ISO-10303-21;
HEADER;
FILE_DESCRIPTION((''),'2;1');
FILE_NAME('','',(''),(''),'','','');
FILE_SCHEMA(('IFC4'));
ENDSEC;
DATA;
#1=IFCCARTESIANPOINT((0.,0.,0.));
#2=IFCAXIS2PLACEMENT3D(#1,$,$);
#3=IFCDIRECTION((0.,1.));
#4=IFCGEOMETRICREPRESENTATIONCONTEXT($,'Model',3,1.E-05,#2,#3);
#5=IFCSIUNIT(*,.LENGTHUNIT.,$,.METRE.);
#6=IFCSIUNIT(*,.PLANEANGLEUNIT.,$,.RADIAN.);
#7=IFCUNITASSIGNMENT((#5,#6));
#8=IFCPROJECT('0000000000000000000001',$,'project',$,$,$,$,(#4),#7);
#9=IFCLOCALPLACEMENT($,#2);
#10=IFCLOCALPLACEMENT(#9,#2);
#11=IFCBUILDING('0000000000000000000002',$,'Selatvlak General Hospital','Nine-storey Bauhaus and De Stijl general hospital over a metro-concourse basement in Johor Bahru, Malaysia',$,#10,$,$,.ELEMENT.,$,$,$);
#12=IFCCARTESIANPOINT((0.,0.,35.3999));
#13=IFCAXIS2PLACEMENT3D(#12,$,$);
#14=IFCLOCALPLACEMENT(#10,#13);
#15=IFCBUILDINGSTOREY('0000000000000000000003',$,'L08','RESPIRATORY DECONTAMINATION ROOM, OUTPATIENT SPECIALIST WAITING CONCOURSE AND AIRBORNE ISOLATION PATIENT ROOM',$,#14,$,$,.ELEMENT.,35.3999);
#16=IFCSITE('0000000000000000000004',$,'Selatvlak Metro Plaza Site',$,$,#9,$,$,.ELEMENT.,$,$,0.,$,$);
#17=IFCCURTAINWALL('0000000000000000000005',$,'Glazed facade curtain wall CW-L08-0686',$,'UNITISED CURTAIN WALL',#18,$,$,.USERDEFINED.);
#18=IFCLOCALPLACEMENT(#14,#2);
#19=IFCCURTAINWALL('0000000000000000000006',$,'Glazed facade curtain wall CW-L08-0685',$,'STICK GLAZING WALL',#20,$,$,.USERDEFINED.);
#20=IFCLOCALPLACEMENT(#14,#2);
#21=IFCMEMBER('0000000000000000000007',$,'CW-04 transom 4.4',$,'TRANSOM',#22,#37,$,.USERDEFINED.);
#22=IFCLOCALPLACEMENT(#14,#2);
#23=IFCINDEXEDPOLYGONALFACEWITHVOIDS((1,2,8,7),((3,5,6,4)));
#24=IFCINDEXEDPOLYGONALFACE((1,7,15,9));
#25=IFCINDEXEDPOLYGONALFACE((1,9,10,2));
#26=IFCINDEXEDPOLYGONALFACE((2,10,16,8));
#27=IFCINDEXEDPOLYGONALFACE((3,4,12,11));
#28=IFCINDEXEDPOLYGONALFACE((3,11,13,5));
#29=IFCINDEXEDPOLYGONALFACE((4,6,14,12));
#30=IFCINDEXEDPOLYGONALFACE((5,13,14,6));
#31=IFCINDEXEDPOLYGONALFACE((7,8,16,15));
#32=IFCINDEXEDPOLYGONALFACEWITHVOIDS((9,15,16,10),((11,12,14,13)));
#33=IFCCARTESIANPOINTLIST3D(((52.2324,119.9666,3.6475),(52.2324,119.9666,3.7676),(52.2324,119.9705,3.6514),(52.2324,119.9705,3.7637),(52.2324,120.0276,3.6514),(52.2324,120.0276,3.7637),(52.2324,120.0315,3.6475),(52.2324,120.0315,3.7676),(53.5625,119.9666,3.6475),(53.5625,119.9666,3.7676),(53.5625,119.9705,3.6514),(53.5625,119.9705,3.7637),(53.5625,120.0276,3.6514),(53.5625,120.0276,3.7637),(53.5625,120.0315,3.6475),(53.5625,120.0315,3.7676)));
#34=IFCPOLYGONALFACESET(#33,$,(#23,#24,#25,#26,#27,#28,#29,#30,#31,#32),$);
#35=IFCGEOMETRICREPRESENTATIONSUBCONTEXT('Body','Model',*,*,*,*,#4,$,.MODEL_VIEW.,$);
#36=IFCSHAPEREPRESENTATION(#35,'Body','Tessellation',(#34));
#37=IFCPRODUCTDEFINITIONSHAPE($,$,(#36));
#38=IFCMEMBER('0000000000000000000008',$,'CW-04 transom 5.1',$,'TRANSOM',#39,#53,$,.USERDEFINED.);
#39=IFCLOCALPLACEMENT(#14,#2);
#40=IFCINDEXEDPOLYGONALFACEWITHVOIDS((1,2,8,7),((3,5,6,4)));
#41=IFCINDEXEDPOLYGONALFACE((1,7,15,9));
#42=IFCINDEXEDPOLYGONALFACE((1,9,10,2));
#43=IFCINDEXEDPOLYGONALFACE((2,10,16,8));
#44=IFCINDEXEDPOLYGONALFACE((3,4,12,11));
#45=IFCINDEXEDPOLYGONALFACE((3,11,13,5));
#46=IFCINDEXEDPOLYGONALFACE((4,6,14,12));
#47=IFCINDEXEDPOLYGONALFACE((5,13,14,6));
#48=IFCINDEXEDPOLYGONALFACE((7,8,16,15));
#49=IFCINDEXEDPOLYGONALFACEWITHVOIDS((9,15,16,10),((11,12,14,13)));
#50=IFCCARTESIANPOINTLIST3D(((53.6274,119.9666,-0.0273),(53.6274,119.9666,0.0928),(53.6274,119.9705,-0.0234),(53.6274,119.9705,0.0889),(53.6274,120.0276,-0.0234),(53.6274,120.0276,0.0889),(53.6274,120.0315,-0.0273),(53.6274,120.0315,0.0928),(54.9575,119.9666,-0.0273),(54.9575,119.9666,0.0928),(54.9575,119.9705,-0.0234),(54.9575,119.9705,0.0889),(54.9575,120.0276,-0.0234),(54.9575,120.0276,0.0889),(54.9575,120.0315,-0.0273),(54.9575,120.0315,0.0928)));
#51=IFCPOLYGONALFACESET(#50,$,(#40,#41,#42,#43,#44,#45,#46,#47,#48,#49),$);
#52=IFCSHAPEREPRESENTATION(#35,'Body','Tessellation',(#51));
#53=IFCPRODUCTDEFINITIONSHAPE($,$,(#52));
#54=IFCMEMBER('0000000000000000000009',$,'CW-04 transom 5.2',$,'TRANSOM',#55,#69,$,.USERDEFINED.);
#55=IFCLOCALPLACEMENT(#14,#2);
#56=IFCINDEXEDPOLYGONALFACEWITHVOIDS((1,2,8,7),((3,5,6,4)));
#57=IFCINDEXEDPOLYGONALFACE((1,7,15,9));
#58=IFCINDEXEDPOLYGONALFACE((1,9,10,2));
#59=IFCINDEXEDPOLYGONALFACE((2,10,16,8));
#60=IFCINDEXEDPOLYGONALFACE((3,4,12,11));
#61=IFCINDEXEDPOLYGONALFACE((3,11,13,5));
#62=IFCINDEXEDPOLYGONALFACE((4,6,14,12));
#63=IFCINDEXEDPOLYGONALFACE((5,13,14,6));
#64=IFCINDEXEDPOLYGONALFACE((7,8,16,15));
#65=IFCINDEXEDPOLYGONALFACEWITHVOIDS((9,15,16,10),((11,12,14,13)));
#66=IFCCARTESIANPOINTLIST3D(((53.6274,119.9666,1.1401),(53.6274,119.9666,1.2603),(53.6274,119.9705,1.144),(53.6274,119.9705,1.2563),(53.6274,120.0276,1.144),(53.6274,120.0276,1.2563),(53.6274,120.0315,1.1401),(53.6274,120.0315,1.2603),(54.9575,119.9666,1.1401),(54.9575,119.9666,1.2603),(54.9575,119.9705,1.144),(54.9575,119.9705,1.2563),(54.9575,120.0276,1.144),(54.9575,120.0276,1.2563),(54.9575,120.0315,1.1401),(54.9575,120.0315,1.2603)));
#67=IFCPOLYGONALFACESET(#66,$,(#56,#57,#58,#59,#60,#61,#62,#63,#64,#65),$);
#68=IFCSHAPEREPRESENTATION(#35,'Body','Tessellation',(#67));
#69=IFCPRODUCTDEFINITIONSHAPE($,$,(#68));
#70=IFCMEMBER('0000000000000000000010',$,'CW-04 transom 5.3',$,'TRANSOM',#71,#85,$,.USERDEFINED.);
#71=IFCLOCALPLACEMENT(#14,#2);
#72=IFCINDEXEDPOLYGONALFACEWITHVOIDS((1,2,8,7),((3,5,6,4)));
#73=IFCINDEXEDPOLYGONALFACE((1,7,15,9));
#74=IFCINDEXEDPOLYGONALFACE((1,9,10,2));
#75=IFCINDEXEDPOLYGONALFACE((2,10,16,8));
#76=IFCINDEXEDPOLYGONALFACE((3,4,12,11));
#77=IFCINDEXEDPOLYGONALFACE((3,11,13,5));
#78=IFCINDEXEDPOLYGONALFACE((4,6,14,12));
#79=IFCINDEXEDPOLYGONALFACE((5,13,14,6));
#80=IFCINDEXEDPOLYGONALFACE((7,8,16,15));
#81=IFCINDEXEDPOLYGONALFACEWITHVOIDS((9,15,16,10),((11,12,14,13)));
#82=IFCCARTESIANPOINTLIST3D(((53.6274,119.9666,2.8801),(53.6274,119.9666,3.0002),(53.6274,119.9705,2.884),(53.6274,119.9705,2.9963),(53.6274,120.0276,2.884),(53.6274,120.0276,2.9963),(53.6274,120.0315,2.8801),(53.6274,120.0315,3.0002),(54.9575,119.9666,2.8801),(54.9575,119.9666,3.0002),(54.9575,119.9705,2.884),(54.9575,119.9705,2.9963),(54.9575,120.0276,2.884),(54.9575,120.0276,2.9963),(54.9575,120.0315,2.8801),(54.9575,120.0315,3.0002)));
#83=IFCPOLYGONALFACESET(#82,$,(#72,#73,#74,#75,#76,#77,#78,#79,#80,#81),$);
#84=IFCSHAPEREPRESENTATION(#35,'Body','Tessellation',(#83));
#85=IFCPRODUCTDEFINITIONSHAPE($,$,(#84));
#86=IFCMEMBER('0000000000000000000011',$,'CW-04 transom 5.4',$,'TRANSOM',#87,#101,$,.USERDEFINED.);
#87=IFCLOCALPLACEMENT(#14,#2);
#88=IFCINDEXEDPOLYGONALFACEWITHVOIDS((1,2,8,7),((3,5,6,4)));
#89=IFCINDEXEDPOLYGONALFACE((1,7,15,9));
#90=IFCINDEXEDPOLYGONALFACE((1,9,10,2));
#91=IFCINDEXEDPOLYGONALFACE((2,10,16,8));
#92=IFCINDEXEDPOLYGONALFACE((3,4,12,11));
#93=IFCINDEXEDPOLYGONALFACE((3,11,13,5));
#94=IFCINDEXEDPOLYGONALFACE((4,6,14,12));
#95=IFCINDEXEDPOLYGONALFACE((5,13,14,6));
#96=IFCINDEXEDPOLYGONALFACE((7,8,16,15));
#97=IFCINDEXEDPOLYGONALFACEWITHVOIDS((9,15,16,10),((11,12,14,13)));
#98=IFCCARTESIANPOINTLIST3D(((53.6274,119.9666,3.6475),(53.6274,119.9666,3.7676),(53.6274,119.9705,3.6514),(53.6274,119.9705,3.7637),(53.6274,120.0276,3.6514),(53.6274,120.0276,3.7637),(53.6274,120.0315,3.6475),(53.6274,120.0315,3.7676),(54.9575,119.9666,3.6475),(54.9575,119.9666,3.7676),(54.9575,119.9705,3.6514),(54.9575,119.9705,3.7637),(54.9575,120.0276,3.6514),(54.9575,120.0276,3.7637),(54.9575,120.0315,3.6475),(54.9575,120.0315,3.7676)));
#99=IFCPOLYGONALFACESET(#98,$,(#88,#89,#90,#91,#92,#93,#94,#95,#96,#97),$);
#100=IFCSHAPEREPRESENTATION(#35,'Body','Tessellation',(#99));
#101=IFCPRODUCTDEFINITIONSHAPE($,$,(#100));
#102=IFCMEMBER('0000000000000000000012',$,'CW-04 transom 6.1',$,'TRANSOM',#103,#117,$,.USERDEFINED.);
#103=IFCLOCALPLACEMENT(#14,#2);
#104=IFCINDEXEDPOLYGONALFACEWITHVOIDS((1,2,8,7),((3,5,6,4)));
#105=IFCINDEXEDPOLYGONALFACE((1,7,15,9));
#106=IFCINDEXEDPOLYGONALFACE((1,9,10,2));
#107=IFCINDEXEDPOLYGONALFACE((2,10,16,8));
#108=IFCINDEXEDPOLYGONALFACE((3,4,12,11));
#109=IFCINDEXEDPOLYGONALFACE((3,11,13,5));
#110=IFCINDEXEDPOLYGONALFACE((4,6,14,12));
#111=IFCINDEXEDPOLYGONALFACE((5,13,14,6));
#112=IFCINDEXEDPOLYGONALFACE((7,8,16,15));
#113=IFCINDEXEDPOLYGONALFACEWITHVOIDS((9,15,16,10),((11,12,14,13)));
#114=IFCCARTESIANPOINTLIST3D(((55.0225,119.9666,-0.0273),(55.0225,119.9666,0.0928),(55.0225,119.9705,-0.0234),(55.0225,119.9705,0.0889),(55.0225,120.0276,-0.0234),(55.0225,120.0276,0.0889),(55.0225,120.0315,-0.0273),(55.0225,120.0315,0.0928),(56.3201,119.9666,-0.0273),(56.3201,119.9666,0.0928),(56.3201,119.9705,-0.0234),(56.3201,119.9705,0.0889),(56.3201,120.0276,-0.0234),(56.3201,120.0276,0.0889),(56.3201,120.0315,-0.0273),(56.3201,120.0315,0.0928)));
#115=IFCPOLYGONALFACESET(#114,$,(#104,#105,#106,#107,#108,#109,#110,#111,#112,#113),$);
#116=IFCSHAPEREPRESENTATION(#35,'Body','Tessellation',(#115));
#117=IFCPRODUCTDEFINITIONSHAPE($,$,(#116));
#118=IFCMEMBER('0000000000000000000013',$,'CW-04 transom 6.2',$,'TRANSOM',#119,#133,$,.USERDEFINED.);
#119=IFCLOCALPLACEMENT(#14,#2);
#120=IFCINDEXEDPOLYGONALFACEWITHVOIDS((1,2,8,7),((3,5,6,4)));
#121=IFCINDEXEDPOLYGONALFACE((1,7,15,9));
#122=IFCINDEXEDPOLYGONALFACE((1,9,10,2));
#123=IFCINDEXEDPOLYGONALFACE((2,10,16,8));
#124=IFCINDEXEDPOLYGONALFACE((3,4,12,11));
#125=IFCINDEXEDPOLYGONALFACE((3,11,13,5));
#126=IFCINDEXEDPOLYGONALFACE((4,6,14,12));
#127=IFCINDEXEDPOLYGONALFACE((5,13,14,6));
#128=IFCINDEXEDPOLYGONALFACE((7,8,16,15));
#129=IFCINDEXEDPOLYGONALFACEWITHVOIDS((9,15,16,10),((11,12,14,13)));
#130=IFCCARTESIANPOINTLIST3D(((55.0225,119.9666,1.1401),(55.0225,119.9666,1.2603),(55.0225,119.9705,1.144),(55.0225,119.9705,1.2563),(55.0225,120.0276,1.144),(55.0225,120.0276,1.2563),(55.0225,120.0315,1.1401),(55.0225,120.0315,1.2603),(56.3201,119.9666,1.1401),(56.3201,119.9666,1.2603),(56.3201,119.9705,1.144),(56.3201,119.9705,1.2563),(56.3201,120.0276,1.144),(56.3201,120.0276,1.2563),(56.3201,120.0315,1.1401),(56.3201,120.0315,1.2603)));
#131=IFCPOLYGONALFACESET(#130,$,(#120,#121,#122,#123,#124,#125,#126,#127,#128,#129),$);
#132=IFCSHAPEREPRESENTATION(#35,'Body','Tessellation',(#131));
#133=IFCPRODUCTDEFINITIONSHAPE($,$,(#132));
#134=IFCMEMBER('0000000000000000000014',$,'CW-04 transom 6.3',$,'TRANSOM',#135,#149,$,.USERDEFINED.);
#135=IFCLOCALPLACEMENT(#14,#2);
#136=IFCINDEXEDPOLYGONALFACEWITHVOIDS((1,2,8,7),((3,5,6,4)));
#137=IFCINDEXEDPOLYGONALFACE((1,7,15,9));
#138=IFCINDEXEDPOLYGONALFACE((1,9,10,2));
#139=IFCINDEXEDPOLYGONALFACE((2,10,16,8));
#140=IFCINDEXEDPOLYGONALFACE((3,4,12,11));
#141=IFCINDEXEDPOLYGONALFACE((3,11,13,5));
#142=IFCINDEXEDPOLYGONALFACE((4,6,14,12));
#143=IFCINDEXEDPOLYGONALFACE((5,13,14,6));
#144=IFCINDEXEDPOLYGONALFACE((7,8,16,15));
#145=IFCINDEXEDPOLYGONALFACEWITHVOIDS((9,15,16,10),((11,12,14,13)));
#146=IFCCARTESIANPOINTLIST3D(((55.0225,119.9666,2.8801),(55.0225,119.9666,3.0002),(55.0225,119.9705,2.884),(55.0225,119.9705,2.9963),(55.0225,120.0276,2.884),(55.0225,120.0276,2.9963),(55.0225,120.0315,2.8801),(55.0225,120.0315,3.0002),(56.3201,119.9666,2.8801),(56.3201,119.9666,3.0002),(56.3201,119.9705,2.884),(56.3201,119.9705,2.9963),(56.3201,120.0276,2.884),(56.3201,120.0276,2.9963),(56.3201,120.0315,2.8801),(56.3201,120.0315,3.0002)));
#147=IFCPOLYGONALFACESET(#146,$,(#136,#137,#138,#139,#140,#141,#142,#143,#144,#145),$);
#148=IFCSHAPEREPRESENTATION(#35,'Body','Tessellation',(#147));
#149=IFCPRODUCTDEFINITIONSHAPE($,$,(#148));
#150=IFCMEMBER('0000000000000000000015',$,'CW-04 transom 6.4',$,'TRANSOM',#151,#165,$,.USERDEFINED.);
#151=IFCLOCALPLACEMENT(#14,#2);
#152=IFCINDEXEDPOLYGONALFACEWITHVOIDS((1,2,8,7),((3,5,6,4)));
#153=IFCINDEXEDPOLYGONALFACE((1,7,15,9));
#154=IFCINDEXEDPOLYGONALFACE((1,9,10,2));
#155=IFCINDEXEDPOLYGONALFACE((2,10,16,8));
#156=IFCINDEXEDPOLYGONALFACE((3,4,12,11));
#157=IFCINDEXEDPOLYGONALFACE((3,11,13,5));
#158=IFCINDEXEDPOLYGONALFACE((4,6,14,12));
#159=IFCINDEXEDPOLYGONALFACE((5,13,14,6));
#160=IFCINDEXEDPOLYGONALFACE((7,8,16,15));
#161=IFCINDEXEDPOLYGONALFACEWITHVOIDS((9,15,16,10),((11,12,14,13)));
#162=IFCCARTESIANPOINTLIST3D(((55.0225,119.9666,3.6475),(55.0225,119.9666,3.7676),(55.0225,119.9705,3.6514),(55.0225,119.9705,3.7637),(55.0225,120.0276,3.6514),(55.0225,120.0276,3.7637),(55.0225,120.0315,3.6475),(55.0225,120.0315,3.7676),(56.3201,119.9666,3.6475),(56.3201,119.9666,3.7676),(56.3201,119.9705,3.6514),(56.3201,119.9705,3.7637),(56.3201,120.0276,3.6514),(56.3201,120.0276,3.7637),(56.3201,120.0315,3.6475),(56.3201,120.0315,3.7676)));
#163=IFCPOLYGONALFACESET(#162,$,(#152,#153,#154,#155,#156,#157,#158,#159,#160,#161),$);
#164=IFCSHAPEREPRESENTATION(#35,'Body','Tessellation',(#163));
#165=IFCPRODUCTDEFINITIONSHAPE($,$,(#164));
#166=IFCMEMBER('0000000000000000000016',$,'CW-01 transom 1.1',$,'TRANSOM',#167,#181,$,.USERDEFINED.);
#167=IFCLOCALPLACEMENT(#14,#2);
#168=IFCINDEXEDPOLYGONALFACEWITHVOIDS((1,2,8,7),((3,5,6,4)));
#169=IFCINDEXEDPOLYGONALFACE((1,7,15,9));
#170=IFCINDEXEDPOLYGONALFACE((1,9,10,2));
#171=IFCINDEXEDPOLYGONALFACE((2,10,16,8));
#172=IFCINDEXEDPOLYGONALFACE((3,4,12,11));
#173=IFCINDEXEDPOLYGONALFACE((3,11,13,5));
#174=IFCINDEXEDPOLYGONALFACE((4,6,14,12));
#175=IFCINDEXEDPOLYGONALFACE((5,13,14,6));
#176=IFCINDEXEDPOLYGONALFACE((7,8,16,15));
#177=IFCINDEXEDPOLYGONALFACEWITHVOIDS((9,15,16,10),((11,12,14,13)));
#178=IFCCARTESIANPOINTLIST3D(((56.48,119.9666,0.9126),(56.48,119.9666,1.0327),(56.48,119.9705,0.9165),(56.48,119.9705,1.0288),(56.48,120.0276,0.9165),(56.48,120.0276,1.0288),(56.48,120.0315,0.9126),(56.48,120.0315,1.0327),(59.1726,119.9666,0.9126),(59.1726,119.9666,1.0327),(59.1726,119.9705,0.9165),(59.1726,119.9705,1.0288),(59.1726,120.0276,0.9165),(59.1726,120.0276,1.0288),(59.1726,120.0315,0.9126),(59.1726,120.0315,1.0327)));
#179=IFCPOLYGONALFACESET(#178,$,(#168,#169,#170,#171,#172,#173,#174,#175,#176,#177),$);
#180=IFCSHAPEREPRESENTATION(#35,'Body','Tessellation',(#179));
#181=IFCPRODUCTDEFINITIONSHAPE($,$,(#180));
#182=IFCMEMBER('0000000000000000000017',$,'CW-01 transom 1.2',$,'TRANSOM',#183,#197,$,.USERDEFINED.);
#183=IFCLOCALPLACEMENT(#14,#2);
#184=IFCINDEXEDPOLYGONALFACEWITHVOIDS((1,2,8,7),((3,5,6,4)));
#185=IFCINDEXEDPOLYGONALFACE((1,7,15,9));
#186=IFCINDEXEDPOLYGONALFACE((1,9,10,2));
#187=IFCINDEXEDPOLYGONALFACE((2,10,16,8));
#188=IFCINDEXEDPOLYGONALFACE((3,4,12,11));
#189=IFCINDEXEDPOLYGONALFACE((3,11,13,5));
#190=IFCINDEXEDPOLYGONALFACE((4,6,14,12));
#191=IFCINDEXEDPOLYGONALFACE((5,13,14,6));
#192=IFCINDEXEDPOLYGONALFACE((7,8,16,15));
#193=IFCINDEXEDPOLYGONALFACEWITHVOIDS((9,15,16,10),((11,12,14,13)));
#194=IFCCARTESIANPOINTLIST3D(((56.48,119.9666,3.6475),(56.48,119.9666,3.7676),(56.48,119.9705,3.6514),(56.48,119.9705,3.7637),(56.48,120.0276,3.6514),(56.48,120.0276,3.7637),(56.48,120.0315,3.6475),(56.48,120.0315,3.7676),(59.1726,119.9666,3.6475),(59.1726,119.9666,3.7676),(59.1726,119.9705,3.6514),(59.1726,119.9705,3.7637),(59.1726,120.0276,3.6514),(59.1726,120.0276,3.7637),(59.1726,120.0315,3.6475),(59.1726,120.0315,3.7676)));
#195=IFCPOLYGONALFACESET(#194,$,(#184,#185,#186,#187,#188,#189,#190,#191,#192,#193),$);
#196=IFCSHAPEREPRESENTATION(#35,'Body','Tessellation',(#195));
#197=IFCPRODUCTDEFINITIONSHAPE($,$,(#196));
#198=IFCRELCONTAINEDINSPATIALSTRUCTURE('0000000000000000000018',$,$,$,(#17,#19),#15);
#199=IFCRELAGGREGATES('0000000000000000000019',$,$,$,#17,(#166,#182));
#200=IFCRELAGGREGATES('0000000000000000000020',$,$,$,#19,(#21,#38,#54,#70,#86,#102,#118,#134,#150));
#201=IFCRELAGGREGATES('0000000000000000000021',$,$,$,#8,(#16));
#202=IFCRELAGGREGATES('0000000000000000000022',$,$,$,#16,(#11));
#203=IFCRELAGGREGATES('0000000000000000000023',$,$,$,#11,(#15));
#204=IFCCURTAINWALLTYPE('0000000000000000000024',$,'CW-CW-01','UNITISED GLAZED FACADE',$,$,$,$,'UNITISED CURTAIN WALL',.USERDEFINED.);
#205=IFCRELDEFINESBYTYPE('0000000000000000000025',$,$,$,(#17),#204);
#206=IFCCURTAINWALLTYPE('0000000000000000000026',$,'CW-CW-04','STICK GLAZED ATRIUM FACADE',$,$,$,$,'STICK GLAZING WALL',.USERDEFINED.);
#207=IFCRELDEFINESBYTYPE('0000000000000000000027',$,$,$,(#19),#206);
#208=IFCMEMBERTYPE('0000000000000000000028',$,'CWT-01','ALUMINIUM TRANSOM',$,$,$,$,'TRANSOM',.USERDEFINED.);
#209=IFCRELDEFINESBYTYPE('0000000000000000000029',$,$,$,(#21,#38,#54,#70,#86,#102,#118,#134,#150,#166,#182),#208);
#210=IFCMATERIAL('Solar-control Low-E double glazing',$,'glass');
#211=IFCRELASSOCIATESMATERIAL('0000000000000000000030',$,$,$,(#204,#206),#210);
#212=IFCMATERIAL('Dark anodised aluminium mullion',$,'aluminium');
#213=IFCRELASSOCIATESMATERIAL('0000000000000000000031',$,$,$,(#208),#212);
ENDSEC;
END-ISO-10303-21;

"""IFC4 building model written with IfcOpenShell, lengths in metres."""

from ifc_helpers import new_model, si_unit, direction, frame, origin, origin_2d, place, context, subcontext, project, spatial, hollow_rectangle, extrude, material, material_profile, profile_set, type_object, element, aggregate, save


model = new_model("IFC4")

# Units and contexts
model_context = context("Model", 3, precision=1e-05, world=origin(), true_north=direction((0.0, 1.0)))
body_context = subcontext(model_context, "Body", "Model", "MODEL_VIEW")
ifc_project = project(units=[si_unit("LENGTHUNIT", "METRE"), si_unit("PLANEANGLEUNIT", "RADIAN")], contexts=[model_context])

# Site, building, storey
site_placement = place(None, origin())
site = spatial("IfcSite", under=ifc_project, at=site_placement, Name="Selatvlak Metro Plaza Site", CompositionType="ELEMENT", RefElevation=0.0)
building_placement = place(site_placement, origin())
building = spatial("IfcBuilding", under=site, at=building_placement, Name="Selatvlak General Hospital", Description="Nine-storey Bauhaus and De Stijl general hospital over a metro-concourse basement in Johor Bahru, Malaysia", CompositionType="ELEMENT")
storey_placement = place(building_placement, frame((0.0, 0.0, 35.3999)))
storey = spatial("IfcBuildingStorey", under=building, at=storey_placement, Name="L08", Description="RESPIRATORY DECONTAMINATION ROOM, OUTPATIENT SPECIALIST WAITING CONCOURSE AND AIRBORNE ISOLATION PATIENT ROOM", CompositionType="ELEMENT", Elevation=35.3999)

# Curtain wall
ifc_material_1 = material(Name="Solar-control Low-E double glazing", Category="glass")
curtain_wall_type_1 = type_object("IfcCurtainWallType", Name="CW-CW-01", Description="UNITISED GLAZED FACADE", ElementType="UNITISED CURTAIN WALL", PredefinedType="USERDEFINED", material=ifc_material_1)
curtain_wall_1_placement = place(storey_placement, origin())
curtain_wall_1 = element("IfcCurtainWall", 1, at=curtain_wall_1_placement, inside=storey, type_object=curtain_wall_type_1, Name="Glazed facade curtain wall CW-L08-0686", ObjectType="UNITISED CURTAIN WALL", PredefinedType="USERDEFINED")
ifc_material_2 = material(Name="Dark anodised aluminium mullion", Category="aluminium")

# Curtain wall, members
curtain_wall_type_2 = type_object("IfcCurtainWallType", Name="CW-CW-04", Description="STICK GLAZED ATRIUM FACADE", ElementType="STICK GLAZING WALL", PredefinedType="USERDEFINED", material=ifc_material_1)
curtain_wall_2_placement = place(storey_placement, origin())
curtain_wall_2 = element("IfcCurtainWall", 2, at=curtain_wall_2_placement, inside=storey, type_object=curtain_wall_type_2, Name="Glazed facade curtain wall CW-L08-0685", ObjectType="STICK GLAZING WALL", PredefinedType="USERDEFINED")
ifc_material_profile_1 = material_profile(ifc_material_2, hollow_rectangle(XDim=0.0649, YDim=0.1201, WallThickness=0.0039, at=origin_2d()), Name="AL-TRN 65x120x4")
ifc_profile_set_1 = profile_set([ifc_material_profile_1], Name="Dark anodised aluminium mullion")
member_type_1 = type_object("IfcMemberType", Name="CWT-01", Description="ALUMINIUM TRANSOM", ElementType="TRANSOM", PredefinedType="USERDEFINED", material=ifc_profile_set_1)
member_1_placement = place(storey_placement, frame((52.2324, 119.999, 3.7075), z_axis=(1.0, 0.0, 0.0), x_axis=(0.0, 1.0, 0.0)))
member_1 = element("IfcMember", 3, at=member_1_placement, type_object=member_type_1, Name="CW-04 transom 4.4", ObjectType="TRANSOM", PredefinedType="USERDEFINED", context=body_context, shape_type="SweptSolid", body=[
    extrude(hollow_rectangle(XDim=0.0649, YDim=0.1201, WallThickness=0.0039, at=origin_2d()), origin(), (0.0, 0.0, 1.0), 1.3301),
])
member_2_placement = place(storey_placement, frame((53.6274, 119.999, 0.0327), z_axis=(1.0, 0.0, 0.0), x_axis=(0.0, 1.0, 0.0)))
member_2 = element("IfcMember", 4, at=member_2_placement, type_object=member_type_1, Name="CW-04 transom 5.1", ObjectType="TRANSOM", PredefinedType="USERDEFINED", context=body_context, shape_type="SweptSolid", body=[
    extrude(hollow_rectangle(XDim=0.0649, YDim=0.1201, WallThickness=0.0039, at=origin_2d()), origin(), (0.0, 0.0, 1.0), 1.3301),
])
member_3_placement = place(storey_placement, frame((53.6274, 119.999, 1.2002), z_axis=(1.0, 0.0, 0.0), x_axis=(0.0, 1.0, 0.0)))
member_3 = element("IfcMember", 5, at=member_3_placement, type_object=member_type_1, Name="CW-04 transom 5.2", ObjectType="TRANSOM", PredefinedType="USERDEFINED", context=body_context, shape_type="SweptSolid", body=[
    extrude(hollow_rectangle(XDim=0.0649, YDim=0.1201, WallThickness=0.0039, at=origin_2d()), origin(), (0.0, 0.0, 1.0), 1.3301),
])
member_4_placement = place(storey_placement, frame((53.6274, 119.999, 2.9402), z_axis=(1.0, 0.0, 0.0), x_axis=(0.0, 1.0, 0.0)))
member_4 = element("IfcMember", 6, at=member_4_placement, type_object=member_type_1, Name="CW-04 transom 5.3", ObjectType="TRANSOM", PredefinedType="USERDEFINED", context=body_context, shape_type="SweptSolid", body=[
    extrude(hollow_rectangle(XDim=0.0649, YDim=0.1201, WallThickness=0.0039, at=origin_2d()), origin(), (0.0, 0.0, 1.0), 1.3301),
])
member_5_placement = place(storey_placement, frame((53.6274, 119.999, 3.7075), z_axis=(1.0, 0.0, 0.0), x_axis=(0.0, 1.0, 0.0)))
member_5 = element("IfcMember", 7, at=member_5_placement, type_object=member_type_1, Name="CW-04 transom 5.4", ObjectType="TRANSOM", PredefinedType="USERDEFINED", context=body_context, shape_type="SweptSolid", body=[
    extrude(hollow_rectangle(XDim=0.0649, YDim=0.1201, WallThickness=0.0039, at=origin_2d()), origin(), (0.0, 0.0, 1.0), 1.3301),
])
member_6_placement = place(storey_placement, frame((55.0225, 119.999, 0.0327), z_axis=(1.0, 0.0, 0.0), x_axis=(0.0, 1.0, 0.0)))
member_6 = element("IfcMember", 8, at=member_6_placement, type_object=member_type_1, Name="CW-04 transom 6.1", ObjectType="TRANSOM", PredefinedType="USERDEFINED", context=body_context, shape_type="SweptSolid", body=[
    extrude(hollow_rectangle(XDim=0.0649, YDim=0.1201, WallThickness=0.0039, at=origin_2d()), origin(), (0.0, 0.0, 1.0), 1.2976),
])
member_7_placement = place(storey_placement, frame((55.0225, 119.999, 1.2002), z_axis=(1.0, 0.0, 0.0), x_axis=(0.0, 1.0, 0.0)))
member_7 = element("IfcMember", 9, at=member_7_placement, type_object=member_type_1, Name="CW-04 transom 6.2", ObjectType="TRANSOM", PredefinedType="USERDEFINED", context=body_context, shape_type="SweptSolid", body=[
    extrude(hollow_rectangle(XDim=0.0649, YDim=0.1201, WallThickness=0.0039, at=origin_2d()), origin(), (0.0, 0.0, 1.0), 1.2976),
])
member_8_placement = place(storey_placement, frame((55.0225, 119.999, 2.9402), z_axis=(1.0, 0.0, 0.0), x_axis=(0.0, 1.0, 0.0)))
member_8 = element("IfcMember", 10, at=member_8_placement, type_object=member_type_1, Name="CW-04 transom 6.3", ObjectType="TRANSOM", PredefinedType="USERDEFINED", context=body_context, shape_type="SweptSolid", body=[
    extrude(hollow_rectangle(XDim=0.0649, YDim=0.1201, WallThickness=0.0039, at=origin_2d()), origin(), (0.0, 0.0, 1.0), 1.2976),
])
member_9_placement = place(storey_placement, frame((55.0225, 119.999, 3.7075), z_axis=(1.0, 0.0, 0.0), x_axis=(0.0, 1.0, 0.0)))
member_9 = element("IfcMember", 11, at=member_9_placement, type_object=member_type_1, Name="CW-04 transom 6.4", ObjectType="TRANSOM", PredefinedType="USERDEFINED", context=body_context, shape_type="SweptSolid", body=[
    extrude(hollow_rectangle(XDim=0.0649, YDim=0.1201, WallThickness=0.0039, at=origin_2d()), origin(), (0.0, 0.0, 1.0), 1.2976),
])

# Members
member_10_placement = place(storey_placement, frame((56.48, 119.999, 0.9727), z_axis=(1.0, 0.0, 0.0), x_axis=(0.0, 1.0, 0.0)))
member_10 = element("IfcMember", 12, at=member_10_placement, type_object=member_type_1, Name="CW-01 transom 1.1", ObjectType="TRANSOM", PredefinedType="USERDEFINED", context=body_context, shape_type="SweptSolid", body=[
    extrude(hollow_rectangle(XDim=0.0649, YDim=0.1201, WallThickness=0.0039, at=origin_2d()), origin(), (0.0, 0.0, 1.0), 2.6926),
])
member_11_placement = place(storey_placement, frame((56.48, 119.999, 3.7075), z_axis=(1.0, 0.0, 0.0), x_axis=(0.0, 1.0, 0.0)))
member_11 = element("IfcMember", 13, at=member_11_placement, type_object=member_type_1, Name="CW-01 transom 1.2", ObjectType="TRANSOM", PredefinedType="USERDEFINED", context=body_context, shape_type="SweptSolid", body=[
    extrude(hollow_rectangle(XDim=0.0649, YDim=0.1201, WallThickness=0.0039, at=origin_2d()), origin(), (0.0, 0.0, 1.0), 2.6926),
])
aggregate(curtain_wall_1, [member_10, member_11])

aggregate(curtain_wall_2, [member_1, member_2, member_3, member_4, member_5, member_6, member_7, member_8, member_9])

save(model, "model.ifc")
